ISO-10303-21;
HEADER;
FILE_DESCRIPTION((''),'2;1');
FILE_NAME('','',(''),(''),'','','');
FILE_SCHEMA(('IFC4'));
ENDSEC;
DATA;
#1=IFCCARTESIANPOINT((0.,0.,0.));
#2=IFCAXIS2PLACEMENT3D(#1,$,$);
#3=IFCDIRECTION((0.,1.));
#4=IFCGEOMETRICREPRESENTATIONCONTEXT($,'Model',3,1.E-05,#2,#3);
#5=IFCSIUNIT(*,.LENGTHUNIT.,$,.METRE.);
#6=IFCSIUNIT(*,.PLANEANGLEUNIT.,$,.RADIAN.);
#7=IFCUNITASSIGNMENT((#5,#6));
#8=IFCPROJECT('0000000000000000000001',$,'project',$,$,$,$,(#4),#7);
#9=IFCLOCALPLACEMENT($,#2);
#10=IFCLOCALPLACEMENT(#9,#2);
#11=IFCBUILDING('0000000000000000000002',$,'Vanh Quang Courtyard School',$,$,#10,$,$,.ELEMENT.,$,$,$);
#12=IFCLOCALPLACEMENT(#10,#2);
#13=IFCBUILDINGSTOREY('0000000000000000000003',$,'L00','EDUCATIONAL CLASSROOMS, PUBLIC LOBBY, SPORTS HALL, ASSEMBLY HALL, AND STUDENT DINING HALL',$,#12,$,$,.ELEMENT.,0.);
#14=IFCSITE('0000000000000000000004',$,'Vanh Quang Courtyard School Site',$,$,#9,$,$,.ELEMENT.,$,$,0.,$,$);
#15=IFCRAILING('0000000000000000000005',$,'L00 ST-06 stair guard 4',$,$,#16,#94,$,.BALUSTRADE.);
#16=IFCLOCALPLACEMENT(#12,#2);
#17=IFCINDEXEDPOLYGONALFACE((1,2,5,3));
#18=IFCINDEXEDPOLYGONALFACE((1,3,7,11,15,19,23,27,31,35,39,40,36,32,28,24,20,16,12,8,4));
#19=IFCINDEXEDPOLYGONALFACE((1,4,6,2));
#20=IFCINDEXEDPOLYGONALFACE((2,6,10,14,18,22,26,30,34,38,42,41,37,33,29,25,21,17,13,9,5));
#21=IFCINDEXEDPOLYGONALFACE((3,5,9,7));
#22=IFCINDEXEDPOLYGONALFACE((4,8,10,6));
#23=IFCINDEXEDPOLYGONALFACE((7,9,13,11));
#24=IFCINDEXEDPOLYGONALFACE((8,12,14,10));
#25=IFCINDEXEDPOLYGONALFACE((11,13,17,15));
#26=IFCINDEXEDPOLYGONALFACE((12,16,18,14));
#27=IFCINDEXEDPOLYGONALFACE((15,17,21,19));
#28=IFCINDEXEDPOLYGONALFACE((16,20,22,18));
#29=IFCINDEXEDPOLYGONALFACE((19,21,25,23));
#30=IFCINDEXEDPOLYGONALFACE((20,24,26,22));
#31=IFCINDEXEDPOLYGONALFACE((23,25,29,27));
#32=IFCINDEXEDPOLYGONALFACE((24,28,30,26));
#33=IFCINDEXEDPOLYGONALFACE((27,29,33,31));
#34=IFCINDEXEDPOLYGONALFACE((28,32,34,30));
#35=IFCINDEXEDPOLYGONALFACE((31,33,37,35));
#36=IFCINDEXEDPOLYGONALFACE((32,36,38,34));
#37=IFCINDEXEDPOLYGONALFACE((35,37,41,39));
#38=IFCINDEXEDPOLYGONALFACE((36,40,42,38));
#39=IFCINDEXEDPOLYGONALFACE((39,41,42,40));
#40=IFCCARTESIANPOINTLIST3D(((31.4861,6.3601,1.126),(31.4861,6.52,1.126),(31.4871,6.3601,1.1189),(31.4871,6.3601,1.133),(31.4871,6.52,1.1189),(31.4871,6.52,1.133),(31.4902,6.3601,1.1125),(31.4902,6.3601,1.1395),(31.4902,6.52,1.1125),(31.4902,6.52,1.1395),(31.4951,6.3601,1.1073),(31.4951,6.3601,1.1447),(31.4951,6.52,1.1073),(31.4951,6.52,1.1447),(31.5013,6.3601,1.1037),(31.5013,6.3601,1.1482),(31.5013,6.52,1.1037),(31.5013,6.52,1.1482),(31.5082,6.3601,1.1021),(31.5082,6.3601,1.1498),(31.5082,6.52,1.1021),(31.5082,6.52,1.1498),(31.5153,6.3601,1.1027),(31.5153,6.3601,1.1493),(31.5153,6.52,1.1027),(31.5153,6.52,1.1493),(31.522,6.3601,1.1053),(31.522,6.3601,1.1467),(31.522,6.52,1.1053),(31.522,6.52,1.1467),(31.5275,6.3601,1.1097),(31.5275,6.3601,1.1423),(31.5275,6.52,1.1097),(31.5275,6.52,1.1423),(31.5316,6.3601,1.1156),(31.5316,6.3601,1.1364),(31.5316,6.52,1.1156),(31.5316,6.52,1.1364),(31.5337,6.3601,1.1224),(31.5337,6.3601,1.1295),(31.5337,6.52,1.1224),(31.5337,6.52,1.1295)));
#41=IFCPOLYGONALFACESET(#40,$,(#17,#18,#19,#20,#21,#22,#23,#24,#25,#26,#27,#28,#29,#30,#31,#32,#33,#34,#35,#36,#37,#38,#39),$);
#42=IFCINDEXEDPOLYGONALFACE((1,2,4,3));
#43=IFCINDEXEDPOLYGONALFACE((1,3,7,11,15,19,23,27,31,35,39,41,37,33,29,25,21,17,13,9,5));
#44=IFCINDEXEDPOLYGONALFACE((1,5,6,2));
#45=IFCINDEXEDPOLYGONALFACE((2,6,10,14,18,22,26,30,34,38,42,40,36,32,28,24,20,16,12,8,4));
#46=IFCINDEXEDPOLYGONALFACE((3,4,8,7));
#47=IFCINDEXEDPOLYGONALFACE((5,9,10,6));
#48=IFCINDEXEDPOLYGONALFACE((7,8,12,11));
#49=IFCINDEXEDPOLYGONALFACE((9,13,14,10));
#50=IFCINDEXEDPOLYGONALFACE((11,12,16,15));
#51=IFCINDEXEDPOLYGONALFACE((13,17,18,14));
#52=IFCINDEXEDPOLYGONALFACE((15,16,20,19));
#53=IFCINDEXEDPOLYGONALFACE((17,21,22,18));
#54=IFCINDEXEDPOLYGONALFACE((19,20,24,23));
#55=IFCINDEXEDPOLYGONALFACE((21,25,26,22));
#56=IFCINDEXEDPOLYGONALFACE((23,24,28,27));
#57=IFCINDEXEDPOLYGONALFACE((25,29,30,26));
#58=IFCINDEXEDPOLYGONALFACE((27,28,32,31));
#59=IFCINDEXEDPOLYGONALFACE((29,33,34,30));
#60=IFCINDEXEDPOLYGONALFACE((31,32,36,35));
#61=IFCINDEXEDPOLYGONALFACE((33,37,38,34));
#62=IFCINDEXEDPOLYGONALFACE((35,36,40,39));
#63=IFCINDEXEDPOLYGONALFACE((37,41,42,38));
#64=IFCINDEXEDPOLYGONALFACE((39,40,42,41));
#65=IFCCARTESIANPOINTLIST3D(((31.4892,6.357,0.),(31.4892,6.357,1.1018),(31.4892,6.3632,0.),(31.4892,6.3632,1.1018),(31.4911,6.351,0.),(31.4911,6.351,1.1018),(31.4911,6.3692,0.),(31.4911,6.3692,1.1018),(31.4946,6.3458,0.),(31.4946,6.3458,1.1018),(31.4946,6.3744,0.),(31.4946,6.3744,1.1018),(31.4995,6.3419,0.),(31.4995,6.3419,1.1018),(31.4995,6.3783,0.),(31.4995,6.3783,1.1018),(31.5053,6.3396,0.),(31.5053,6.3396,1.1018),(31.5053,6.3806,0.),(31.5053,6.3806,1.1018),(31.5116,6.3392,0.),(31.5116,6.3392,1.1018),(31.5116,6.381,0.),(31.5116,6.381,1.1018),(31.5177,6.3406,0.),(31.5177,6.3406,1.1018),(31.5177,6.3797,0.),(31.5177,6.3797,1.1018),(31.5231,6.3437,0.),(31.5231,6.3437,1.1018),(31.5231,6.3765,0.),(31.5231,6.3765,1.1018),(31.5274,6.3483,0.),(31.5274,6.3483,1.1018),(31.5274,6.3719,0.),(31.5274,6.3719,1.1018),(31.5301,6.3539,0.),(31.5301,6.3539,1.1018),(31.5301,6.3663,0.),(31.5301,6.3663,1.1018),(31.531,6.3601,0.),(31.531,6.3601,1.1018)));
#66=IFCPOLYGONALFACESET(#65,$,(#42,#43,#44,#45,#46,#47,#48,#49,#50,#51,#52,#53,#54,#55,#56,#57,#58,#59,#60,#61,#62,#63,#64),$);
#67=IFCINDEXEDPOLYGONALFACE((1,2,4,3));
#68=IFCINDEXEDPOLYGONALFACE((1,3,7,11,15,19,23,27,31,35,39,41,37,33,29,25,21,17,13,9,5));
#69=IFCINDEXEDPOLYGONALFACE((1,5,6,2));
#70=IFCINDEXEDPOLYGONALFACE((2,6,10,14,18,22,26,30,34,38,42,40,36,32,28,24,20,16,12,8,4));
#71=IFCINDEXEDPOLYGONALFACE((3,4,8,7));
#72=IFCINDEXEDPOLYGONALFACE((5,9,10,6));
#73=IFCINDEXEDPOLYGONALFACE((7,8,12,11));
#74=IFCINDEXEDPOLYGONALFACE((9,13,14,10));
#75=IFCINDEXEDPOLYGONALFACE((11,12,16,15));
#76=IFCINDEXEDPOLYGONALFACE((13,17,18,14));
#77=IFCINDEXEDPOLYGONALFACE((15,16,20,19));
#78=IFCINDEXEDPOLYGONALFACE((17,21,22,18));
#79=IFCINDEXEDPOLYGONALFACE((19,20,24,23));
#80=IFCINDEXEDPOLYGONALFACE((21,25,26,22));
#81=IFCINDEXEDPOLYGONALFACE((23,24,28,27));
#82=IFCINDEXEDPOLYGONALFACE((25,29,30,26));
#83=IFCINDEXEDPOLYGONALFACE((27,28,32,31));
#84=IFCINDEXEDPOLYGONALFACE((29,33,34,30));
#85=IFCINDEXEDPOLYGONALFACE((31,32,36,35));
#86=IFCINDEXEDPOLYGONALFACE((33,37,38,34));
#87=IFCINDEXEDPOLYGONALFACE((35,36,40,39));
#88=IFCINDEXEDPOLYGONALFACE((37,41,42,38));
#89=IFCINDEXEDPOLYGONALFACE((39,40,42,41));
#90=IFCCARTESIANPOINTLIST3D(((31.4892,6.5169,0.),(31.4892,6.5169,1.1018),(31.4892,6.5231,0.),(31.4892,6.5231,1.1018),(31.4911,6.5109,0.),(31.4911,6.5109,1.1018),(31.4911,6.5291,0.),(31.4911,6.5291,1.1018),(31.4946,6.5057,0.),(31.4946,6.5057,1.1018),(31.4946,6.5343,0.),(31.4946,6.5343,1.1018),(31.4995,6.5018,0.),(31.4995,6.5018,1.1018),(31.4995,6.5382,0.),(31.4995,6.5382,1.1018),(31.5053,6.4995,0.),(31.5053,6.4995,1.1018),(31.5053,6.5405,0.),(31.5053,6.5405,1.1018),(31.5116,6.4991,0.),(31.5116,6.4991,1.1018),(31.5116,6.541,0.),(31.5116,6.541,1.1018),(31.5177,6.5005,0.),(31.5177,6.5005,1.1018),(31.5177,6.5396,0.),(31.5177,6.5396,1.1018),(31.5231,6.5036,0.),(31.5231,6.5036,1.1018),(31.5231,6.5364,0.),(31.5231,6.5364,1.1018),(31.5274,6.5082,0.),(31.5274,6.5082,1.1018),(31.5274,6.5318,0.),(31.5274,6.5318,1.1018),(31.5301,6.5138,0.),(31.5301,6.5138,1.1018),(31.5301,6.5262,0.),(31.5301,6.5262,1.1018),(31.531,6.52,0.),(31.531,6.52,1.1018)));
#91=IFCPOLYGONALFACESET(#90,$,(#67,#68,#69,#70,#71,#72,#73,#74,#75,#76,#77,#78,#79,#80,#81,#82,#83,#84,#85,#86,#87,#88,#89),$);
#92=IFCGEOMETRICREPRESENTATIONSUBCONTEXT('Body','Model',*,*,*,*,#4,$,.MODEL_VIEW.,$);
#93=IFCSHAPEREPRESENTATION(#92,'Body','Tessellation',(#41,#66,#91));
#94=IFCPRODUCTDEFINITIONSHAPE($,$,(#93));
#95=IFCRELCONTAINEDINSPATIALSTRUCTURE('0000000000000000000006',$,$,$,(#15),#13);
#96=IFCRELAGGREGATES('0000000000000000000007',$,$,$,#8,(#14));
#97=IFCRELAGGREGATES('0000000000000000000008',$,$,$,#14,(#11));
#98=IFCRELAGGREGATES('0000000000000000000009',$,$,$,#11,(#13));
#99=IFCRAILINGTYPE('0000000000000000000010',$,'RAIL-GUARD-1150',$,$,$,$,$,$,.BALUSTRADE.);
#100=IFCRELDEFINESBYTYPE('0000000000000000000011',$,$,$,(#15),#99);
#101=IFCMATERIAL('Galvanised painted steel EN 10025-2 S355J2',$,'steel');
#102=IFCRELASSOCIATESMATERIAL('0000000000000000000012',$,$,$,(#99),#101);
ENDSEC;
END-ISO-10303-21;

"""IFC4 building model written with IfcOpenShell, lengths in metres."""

from ifc_helpers import new_model, si_unit, direction, frame, origin, origin_2d, place, context, subcontext, project, spatial, circle, extrude, material, type_object, element, save


model = new_model("IFC4")

# Units and contexts
model_context = context("Model", 3, precision=1e-05, world=origin(), true_north=direction((0.0, 1.0)))
body_context = subcontext(model_context, "Body", "Model", "MODEL_VIEW")
ifc_project = project(units=[si_unit("LENGTHUNIT", "METRE"), si_unit("PLANEANGLEUNIT", "RADIAN")], contexts=[model_context])

# Site, building, storey
site_placement = place(None, origin())
site = spatial("IfcSite", under=ifc_project, at=site_placement, Name="Vanh Quang Courtyard School Site", CompositionType="ELEMENT", RefElevation=0.0)
building_placement = place(site_placement, origin())
building = spatial("IfcBuilding", under=site, at=building_placement, Name="Vanh Quang Courtyard School", CompositionType="ELEMENT")
storey_placement = place(building_placement, origin())
storey = spatial("IfcBuildingStorey", under=building, at=storey_placement, Name="L00", Description="EDUCATIONAL CLASSROOMS, PUBLIC LOBBY, SPORTS HALL, ASSEMBLY HALL, AND STUDENT DINING HALL", CompositionType="ELEMENT", Elevation=0.0)

# Railing
ifc_material_1 = material(Name="Galvanised painted steel EN 10025-2 S355J2", Category="steel")
railing_type_1 = type_object("IfcRailingType", Name="RAIL-GUARD-1150", PredefinedType="BALUSTRADE", material=ifc_material_1)
railing_1_placement = place(storey_placement, frame((31.51, 6.3601, 0.0)))
element("IfcRailing", 1, at=railing_1_placement, inside=storey, type_object=railing_type_1, Name="L00 ST-06 stair guard 4", PredefinedType="BALUSTRADE", context=body_context, shape_type="SweptSolid", body=[
    extrude(circle(Radius=0.0239, at=origin_2d()), frame((0.0, 0.0, 1.126), z_axis=(0.0, 1.0, 0.0), x_axis=(-1.0, 0.0, 0.0)), (0.0, 0.0, 1.0), 0.1599),
    extrude(circle(Radius=0.021, at=origin_2d()), origin(), (0.0, 0.0, 1.0), 1.1018),
    extrude(circle(Radius=0.021, at=origin_2d()), frame((0.0, 0.1599, 0.0)), (0.0, 0.0, 1.0), 1.1018),
])

save(model, "model.ifc")
